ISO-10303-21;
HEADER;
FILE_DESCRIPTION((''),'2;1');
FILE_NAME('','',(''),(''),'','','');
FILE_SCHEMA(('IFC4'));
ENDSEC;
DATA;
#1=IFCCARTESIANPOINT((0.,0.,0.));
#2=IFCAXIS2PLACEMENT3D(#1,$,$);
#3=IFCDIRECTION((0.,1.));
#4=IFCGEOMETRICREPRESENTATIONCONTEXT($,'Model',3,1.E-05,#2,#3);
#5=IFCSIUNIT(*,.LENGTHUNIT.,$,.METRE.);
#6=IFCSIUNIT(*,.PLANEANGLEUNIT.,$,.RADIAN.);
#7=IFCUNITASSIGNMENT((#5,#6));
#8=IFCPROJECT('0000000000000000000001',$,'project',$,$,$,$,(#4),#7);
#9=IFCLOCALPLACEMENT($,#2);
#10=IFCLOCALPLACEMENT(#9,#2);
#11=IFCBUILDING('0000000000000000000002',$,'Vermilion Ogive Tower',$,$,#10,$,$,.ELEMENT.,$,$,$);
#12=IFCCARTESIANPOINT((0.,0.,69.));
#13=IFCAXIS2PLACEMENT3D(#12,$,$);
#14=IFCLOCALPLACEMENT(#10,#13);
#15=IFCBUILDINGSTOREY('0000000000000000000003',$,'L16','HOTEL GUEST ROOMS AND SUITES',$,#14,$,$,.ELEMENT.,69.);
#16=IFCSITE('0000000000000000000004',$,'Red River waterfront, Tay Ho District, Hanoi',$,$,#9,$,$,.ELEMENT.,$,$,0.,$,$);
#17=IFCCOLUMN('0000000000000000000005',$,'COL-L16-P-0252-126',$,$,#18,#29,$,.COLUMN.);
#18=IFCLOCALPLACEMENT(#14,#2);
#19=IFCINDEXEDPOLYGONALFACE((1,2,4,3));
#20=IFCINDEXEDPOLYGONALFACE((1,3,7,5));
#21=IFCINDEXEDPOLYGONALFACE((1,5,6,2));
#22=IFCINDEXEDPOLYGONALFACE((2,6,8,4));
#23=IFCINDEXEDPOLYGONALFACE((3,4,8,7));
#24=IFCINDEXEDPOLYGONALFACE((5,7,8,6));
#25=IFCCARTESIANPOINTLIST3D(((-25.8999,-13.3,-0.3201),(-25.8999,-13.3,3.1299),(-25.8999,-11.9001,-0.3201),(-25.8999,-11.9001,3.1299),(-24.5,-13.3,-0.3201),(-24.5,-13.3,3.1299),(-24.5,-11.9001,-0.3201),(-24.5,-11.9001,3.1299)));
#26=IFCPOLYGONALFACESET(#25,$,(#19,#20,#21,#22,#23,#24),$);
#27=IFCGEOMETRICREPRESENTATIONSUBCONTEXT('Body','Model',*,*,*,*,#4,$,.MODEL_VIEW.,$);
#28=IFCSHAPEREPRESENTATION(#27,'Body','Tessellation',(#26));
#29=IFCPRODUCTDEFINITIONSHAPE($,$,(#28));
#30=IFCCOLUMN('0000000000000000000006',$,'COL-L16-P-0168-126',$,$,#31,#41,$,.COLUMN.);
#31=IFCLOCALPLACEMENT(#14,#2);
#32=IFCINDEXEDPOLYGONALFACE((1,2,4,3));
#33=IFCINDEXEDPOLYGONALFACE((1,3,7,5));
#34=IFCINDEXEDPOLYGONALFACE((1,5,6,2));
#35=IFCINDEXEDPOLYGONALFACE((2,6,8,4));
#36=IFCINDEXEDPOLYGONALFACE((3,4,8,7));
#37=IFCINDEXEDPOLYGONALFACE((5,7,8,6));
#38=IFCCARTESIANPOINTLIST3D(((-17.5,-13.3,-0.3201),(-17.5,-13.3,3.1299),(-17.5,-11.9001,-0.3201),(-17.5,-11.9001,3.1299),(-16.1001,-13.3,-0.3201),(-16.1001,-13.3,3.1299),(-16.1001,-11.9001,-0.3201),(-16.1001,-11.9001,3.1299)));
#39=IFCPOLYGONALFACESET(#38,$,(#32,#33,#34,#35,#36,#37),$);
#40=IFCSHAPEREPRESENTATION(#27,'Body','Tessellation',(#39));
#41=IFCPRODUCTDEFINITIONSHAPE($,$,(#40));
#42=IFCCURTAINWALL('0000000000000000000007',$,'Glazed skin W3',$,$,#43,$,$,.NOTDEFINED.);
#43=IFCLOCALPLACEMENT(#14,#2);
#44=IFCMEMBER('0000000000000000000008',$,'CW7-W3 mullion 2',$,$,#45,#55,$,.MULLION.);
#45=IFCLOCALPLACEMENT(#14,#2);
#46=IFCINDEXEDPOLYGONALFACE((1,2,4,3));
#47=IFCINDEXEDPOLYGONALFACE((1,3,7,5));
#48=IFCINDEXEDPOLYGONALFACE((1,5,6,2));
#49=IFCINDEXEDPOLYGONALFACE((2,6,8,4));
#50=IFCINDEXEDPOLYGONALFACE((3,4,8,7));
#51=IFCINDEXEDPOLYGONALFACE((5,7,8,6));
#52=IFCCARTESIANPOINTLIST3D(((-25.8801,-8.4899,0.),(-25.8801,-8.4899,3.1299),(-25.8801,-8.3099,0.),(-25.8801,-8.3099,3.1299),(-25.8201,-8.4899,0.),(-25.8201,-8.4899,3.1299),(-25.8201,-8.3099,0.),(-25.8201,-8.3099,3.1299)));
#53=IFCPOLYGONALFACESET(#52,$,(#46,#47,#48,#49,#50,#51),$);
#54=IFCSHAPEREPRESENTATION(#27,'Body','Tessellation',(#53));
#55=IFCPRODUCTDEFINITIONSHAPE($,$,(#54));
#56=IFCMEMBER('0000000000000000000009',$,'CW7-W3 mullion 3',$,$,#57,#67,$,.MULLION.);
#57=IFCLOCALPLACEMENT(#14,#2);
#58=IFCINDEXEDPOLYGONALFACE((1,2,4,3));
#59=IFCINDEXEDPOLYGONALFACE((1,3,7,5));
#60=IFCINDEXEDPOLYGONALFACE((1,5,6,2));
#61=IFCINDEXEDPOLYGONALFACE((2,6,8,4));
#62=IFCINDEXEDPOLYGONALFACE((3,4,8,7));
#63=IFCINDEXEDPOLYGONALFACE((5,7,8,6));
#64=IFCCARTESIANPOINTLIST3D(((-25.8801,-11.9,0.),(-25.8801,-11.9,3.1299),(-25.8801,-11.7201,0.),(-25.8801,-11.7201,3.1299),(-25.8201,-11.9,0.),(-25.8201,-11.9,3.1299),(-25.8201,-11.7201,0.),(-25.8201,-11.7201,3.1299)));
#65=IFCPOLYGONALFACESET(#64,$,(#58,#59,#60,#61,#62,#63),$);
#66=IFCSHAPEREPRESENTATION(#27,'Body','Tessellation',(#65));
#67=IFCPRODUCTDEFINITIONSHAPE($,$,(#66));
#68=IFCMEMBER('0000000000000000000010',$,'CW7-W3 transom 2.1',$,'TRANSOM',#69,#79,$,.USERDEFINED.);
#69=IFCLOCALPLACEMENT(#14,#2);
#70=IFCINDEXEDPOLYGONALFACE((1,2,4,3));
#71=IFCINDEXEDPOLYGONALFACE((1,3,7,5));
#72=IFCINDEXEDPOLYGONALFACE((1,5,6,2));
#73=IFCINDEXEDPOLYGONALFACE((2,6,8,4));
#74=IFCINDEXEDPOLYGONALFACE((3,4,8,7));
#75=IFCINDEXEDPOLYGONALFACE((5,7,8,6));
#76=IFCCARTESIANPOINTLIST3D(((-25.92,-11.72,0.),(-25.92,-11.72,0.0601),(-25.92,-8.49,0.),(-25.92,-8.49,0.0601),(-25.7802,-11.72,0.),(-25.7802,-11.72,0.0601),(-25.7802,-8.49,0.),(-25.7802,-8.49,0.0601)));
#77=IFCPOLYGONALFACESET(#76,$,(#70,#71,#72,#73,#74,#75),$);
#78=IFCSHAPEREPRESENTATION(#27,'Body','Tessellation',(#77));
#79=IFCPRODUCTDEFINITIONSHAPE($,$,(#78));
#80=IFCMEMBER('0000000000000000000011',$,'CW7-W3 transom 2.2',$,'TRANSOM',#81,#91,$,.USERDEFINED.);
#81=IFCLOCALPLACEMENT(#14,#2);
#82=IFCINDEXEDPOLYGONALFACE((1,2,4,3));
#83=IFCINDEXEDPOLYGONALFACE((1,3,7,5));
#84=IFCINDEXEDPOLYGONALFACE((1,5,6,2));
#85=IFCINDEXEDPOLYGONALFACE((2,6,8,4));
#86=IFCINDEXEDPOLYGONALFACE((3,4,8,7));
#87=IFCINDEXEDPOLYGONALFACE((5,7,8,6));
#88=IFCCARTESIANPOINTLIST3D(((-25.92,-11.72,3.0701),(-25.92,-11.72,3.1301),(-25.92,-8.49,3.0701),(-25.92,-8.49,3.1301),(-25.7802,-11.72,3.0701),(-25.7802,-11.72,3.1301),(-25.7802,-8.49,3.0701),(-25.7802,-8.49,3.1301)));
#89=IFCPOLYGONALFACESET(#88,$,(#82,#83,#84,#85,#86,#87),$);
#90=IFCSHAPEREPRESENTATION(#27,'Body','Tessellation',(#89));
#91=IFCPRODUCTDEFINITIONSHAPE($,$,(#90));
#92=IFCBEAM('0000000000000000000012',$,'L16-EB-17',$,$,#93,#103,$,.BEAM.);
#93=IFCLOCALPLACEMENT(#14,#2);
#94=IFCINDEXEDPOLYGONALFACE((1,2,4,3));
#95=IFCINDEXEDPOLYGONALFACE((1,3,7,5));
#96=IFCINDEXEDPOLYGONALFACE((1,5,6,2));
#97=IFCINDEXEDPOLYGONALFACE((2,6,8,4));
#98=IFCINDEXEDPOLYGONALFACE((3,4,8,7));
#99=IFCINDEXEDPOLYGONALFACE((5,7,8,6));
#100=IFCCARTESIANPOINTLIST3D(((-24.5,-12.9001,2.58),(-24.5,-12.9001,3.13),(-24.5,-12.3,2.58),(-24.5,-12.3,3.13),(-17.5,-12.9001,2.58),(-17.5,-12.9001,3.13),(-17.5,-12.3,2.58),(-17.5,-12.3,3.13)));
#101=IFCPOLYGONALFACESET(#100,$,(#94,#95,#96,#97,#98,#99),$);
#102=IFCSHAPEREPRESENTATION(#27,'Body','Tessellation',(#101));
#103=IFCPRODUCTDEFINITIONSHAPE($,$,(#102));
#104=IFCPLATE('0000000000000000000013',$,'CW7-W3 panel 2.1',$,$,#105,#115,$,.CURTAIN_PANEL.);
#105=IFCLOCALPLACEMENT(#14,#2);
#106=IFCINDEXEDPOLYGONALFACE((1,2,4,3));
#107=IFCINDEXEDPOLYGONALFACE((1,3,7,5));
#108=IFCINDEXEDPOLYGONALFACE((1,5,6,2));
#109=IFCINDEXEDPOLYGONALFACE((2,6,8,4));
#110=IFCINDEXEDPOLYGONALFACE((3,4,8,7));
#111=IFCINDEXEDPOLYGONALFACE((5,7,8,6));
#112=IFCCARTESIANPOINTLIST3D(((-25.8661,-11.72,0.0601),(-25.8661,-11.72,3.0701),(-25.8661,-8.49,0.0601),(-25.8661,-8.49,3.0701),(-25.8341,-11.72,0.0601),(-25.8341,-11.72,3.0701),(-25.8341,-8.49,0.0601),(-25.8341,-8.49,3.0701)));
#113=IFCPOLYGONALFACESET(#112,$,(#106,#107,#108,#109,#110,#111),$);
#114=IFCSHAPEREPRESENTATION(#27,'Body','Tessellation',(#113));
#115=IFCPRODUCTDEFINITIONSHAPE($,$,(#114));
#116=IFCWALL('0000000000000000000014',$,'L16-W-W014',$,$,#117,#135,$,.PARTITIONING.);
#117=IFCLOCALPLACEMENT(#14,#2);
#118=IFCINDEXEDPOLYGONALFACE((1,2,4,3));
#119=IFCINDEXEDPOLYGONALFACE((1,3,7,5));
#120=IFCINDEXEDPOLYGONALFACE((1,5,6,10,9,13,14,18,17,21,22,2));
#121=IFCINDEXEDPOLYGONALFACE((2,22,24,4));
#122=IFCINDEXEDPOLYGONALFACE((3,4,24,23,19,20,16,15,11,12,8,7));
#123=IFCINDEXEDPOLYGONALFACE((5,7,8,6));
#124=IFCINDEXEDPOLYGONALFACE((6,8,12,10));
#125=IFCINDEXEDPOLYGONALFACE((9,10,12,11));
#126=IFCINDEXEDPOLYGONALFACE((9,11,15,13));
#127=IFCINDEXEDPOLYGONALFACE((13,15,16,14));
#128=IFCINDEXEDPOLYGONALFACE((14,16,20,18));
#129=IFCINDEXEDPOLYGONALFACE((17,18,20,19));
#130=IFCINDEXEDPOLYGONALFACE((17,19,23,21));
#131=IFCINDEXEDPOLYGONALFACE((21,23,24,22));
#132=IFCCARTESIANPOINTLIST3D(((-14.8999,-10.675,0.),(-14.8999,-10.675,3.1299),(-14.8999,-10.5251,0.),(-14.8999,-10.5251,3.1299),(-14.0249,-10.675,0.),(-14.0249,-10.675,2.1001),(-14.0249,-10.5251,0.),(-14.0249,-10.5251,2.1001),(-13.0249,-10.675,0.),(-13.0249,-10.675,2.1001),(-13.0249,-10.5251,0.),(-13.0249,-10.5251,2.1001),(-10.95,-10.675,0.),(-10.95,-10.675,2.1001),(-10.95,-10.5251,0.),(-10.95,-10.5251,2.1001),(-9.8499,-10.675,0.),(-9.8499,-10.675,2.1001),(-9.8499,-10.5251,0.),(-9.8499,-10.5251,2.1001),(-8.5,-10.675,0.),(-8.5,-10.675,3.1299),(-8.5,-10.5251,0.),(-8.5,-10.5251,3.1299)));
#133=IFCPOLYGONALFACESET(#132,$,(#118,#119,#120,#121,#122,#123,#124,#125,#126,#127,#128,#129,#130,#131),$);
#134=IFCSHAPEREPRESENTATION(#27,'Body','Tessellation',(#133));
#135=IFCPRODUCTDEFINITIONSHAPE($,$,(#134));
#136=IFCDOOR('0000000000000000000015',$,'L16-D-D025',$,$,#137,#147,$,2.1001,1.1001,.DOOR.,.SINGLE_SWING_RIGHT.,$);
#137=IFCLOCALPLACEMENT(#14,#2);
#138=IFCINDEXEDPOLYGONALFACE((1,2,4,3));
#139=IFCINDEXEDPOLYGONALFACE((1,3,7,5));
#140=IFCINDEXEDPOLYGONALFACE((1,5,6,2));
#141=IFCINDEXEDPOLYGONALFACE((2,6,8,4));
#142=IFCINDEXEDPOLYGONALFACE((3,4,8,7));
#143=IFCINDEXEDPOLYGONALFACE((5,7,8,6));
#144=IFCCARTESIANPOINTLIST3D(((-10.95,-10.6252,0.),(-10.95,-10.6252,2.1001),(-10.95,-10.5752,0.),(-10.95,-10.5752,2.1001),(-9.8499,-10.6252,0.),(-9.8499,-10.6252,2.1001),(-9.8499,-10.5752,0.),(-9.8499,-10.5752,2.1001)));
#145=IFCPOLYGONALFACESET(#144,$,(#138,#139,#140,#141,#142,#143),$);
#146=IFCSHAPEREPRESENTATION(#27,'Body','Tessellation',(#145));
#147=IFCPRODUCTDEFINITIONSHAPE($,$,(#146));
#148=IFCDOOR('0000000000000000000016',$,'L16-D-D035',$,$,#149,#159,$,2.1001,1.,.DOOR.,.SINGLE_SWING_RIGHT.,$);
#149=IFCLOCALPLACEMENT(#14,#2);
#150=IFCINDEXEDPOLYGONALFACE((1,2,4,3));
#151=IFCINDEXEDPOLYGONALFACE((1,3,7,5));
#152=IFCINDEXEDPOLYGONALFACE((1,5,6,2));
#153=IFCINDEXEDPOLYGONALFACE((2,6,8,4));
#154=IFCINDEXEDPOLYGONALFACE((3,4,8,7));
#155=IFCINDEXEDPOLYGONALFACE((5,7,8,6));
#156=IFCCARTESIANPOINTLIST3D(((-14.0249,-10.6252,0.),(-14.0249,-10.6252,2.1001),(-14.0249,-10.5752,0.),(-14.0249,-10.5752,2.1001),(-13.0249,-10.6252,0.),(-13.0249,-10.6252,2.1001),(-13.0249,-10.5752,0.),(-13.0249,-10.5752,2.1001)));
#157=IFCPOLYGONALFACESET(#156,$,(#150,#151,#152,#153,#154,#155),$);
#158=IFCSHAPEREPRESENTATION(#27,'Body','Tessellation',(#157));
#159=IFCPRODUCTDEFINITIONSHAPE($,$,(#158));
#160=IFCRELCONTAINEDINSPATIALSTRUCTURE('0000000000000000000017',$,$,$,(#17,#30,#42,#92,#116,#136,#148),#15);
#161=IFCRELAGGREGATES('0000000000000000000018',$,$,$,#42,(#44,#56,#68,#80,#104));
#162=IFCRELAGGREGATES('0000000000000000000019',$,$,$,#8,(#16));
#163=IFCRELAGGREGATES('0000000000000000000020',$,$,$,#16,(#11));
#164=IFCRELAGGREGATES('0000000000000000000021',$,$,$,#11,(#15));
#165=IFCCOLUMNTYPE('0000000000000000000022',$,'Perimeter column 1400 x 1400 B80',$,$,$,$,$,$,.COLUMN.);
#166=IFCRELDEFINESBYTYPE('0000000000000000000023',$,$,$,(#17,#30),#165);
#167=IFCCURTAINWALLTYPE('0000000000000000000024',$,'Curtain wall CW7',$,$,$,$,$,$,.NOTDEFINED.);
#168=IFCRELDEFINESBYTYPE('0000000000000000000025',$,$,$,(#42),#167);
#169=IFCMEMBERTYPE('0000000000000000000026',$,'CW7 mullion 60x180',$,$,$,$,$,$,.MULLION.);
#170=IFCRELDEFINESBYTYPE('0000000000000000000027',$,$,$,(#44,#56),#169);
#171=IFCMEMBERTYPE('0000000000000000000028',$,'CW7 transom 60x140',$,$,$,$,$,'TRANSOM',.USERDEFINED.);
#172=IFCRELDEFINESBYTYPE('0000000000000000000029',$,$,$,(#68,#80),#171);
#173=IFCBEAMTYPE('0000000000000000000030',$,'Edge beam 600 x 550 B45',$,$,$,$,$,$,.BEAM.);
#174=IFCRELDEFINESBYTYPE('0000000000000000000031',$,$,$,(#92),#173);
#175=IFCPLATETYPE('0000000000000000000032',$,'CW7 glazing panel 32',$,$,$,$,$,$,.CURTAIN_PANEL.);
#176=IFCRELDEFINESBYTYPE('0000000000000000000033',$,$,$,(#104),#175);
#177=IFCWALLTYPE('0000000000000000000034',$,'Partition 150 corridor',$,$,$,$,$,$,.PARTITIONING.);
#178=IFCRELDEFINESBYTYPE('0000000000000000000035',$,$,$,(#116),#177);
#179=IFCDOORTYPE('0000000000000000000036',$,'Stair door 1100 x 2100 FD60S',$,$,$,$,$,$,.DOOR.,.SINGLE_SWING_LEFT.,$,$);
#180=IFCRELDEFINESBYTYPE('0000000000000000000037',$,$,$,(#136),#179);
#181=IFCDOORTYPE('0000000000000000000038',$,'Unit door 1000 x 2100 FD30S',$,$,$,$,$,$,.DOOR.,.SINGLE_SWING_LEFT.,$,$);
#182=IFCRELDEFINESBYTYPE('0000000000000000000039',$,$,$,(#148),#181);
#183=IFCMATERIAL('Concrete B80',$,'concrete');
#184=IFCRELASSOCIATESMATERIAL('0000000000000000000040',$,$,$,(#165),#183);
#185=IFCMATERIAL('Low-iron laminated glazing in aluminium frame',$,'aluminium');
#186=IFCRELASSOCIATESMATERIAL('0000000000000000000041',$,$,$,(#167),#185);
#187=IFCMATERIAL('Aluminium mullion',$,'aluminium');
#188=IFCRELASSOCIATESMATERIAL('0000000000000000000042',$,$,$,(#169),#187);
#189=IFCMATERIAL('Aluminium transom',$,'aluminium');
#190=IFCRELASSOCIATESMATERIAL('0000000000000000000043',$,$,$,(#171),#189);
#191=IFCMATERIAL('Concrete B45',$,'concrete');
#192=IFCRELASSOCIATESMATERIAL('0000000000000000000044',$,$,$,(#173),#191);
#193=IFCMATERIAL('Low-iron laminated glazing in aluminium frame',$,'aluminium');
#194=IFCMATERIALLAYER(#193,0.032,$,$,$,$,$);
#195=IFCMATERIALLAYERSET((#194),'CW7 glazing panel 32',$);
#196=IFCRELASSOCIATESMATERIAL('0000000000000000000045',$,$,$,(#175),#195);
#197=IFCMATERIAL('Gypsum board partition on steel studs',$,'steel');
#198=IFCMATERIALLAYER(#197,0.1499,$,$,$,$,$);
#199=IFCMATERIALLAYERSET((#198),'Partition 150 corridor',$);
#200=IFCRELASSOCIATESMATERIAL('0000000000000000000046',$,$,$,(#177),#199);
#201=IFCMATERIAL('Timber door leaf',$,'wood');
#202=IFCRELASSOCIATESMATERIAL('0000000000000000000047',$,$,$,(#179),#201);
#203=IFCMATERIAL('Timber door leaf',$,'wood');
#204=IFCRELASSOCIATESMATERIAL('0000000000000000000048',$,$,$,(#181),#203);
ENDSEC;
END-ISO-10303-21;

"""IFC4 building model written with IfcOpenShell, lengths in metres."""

from ifc_helpers import new_model, si_unit, direction, frame, frame_2d, origin, origin_2d, place, context, subcontext, project, spatial, rectangle, extrude, material, layer, layer_set, material_profile, profile_set, type_object, element, fill, aggregate, save


model = new_model("IFC4")

# Units and contexts
model_context = context("Model", 3, precision=1e-05, world=origin(), true_north=direction((0.0, 1.0)))
body_context = subcontext(model_context, "Body", "Model", "MODEL_VIEW")
ifc_project = project(units=[si_unit("LENGTHUNIT", "METRE"), si_unit("PLANEANGLEUNIT", "RADIAN")], contexts=[model_context])

# Site, building, storey
site_placement = place(None, origin())
site = spatial("IfcSite", under=ifc_project, at=site_placement, Name="Red River waterfront, Tay Ho District, Hanoi", CompositionType="ELEMENT", RefElevation=0.0)
building_placement = place(site_placement, origin())
building = spatial("IfcBuilding", under=site, at=building_placement, Name="Vermilion Ogive Tower", CompositionType="ELEMENT")
storey_placement = place(building_placement, frame((0.0, 0.0, 69.0)))
storey = spatial("IfcBuildingStorey", under=building, at=storey_placement, Name="L16", Description="HOTEL GUEST ROOMS AND SUITES", CompositionType="ELEMENT", Elevation=69.0)

# Columns
ifc_material_1 = material(Name="Concrete B80", Category="concrete")
ifc_material_profile_1 = material_profile(ifc_material_1, rectangle(XDim=1.3999, YDim=1.3999, at=origin_2d()), Name="1400 x 1400")
ifc_profile_set_1 = profile_set([ifc_material_profile_1], Name="Concrete B80")
column_type = type_object("IfcColumnType", Name="Perimeter column 1400 x 1400 B80", PredefinedType="COLUMN", material=ifc_profile_set_1)
for number, where, z_axis, x_axis, name in (
    (1, (-25.2, -12.6001, -0.3201), (0.0, 0.0, 1.0), (1.0, 0.0, 0.0), "COL-L16-P-0252-126"),
    (2, (-16.8, -12.6001, -0.3201), (0.0, 0.0, 1.0), (1.0, 0.0, 0.0), "COL-L16-P-0168-126"),
):
    element("IfcColumn", number, at=place(storey_placement, frame(where, z_axis=z_axis, x_axis=x_axis)), inside=storey, type_object=column_type, Name=name, PredefinedType="COLUMN", context=body_context, shape_type="SweptSolid", body=[
        extrude(rectangle(XDim=1.3999, YDim=1.3999, at=origin_2d()), origin(), (0.0, 0.0, 1.0), 3.45),
    ])

# Curtain wall, members
ifc_material_2 = material(Name="Low-iron laminated glazing in aluminium frame", Category="aluminium")
curtain_wall_type = type_object("IfcCurtainWallType", Name="Curtain wall CW7", PredefinedType="NOTDEFINED", material=ifc_material_2)
curtain_wall_placement = place(storey_placement, origin())
curtain_wall = element("IfcCurtainWall", 3, at=curtain_wall_placement, inside=storey, type_object=curtain_wall_type, Name="Glazed skin W3", PredefinedType="NOTDEFINED")
ifc_material_3 = material(Name="Aluminium mullion", Category="aluminium")
ifc_material_profile_2 = material_profile(ifc_material_3, rectangle(XDim=0.0601, YDim=0.1799, at=origin_2d()), Name="AL 60x180")
ifc_profile_set_2 = profile_set([ifc_material_profile_2], Name="Aluminium mullion")
member_type_1 = type_object("IfcMemberType", Name="CW7 mullion 60x180", PredefinedType="MULLION", material=ifc_profile_set_2)
member_1_placement = place(storey_placement, frame((-25.8501, -8.3999, 0.0), z_axis=(0.0, 0.0, 1.0), x_axis=(1.0, 0.0, 0.0)))
member_1 = element("IfcMember", 4, at=member_1_placement, type_object=member_type_1, Name="CW7-W3 mullion 2", PredefinedType="MULLION", context=body_context, shape_type="SweptSolid", body=[
    extrude(rectangle(XDim=0.0601, YDim=0.1799, at=origin_2d()), origin(), (0.0, 0.0, 1.0), 3.1299),
])
member_2_placement = place(storey_placement, frame((-25.8501, -11.8101, 0.0), z_axis=(0.0, 0.0, 1.0), x_axis=(1.0, 0.0, 0.0)))
member_2 = element("IfcMember", 5, at=member_2_placement, type_object=member_type_1, Name="CW7-W3 mullion 3", PredefinedType="MULLION", context=body_context, shape_type="SweptSolid", body=[
    extrude(rectangle(XDim=0.0601, YDim=0.1799, at=origin_2d()), origin(), (0.0, 0.0, 1.0), 3.1299),
])
ifc_material_4 = material(Name="Aluminium transom", Category="aluminium")
ifc_material_profile_3 = material_profile(ifc_material_4, rectangle(XDim=0.1399, YDim=0.0601, at=origin_2d()), Name="AL 60x140")
ifc_profile_set_3 = profile_set([ifc_material_profile_3], Name="Aluminium transom")
member_type_2 = type_object("IfcMemberType", Name="CW7 transom 60x140", ElementType="TRANSOM", PredefinedType="USERDEFINED", material=ifc_profile_set_3)
member_3_placement = place(storey_placement, frame((-25.8501, -8.49, 0.03), z_axis=(0.0, -1.0, 0.0), x_axis=(1.0, 0.0, 0.0)))
member_3 = element("IfcMember", 6, at=member_3_placement, type_object=member_type_2, Name="CW7-W3 transom 2.1", ObjectType="TRANSOM", PredefinedType="USERDEFINED", context=body_context, shape_type="SweptSolid", body=[
    extrude(rectangle(XDim=0.1399, YDim=0.0601, at=origin_2d()), origin(), (0.0, 0.0, 1.0), 3.23),
])
member_4_placement = place(storey_placement, frame((-25.8501, -8.49, 3.1001), z_axis=(0.0, -1.0, 0.0), x_axis=(1.0, 0.0, 0.0)))
member_4 = element("IfcMember", 7, at=member_4_placement, type_object=member_type_2, Name="CW7-W3 transom 2.2", ObjectType="TRANSOM", PredefinedType="USERDEFINED", context=body_context, shape_type="SweptSolid", body=[
    extrude(rectangle(XDim=0.1399, YDim=0.0601, at=origin_2d()), origin(), (0.0, 0.0, 1.0), 3.23),
])

# Beam
ifc_material_5 = material(Name="Concrete B45", Category="concrete")
ifc_material_profile_4 = material_profile(ifc_material_5, rectangle(XDim=0.6001, YDim=0.55, at=origin_2d()), Name="600 x 550")
ifc_profile_set_4 = profile_set([ifc_material_profile_4], Name="Concrete B45")
beam_type = type_object("IfcBeamType", Name="Edge beam 600 x 550 B45", PredefinedType="BEAM", material=ifc_profile_set_4)
beam_placement = place(storey_placement, frame((-24.5, -12.6001, 2.855), z_axis=(1.0, 0.0, 0.0), x_axis=(0.0, 1.0, 0.0)))
element("IfcBeam", 8, at=beam_placement, inside=storey, type_object=beam_type, Name="L16-EB-17", PredefinedType="BEAM", context=body_context, shape_type="SweptSolid", body=[
    extrude(rectangle(XDim=0.6001, YDim=0.55, at=origin_2d()), origin(), (0.0, 0.0, 1.0), 7.0),
])

# Plate
ifc_material_6 = material(Name="Low-iron laminated glazing in aluminium frame", Category="aluminium")
ifc_layer_1 = layer(ifc_material_6, 0.032)
ifc_layer_set_1 = layer_set([ifc_layer_1], Name="CW7 glazing panel 32")
plate_type = type_object("IfcPlateType", Name="CW7 glazing panel 32", PredefinedType="CURTAIN_PANEL", material=ifc_layer_set_1)
plate_placement = place(storey_placement, frame((-25.8501, -10.105, 0.0601), z_axis=(0.0, 0.0, 1.0), x_axis=(0.0, -1.0, 0.0)))
plate = element("IfcPlate", 9, at=plate_placement, type_object=plate_type, Name="CW7-W3 panel 2.1", PredefinedType="CURTAIN_PANEL", context=body_context, shape_type="SweptSolid", body=[
    extrude(rectangle(XDim=3.23, YDim=0.032, at=origin_2d()), origin(), (0.0, 0.0, 1.0), 3.01),
])
aggregate(curtain_wall, [member_1, member_2, member_3, member_4, plate])

# Wall, openings, doors
ifc_material_7 = material(Name="Gypsum board partition on steel studs", Category="steel")
ifc_layer_2 = layer(ifc_material_7, 0.1499)
ifc_layer_set_2 = layer_set([ifc_layer_2], Name="Partition 150 corridor")
wall_type_1 = type_object("IfcWallType", Name="Partition 150 corridor", PredefinedType="PARTITIONING", material=ifc_layer_set_2)
wall_1_placement = place(storey_placement, frame((-14.8999, -10.6001, 0.0), z_axis=(0.0, 0.0, 1.0), x_axis=(1.0, 0.0, 0.0)))
wall_1 = element("IfcWall", 10, at=wall_1_placement, inside=storey, type_object=wall_type_1, Name="L16-W-W014", PredefinedType="PARTITIONING", context=body_context, shape_type="SweptSolid", body=[
    extrude(rectangle(XDim=6.3999, YDim=0.1499, at=frame_2d((3.2, 0.0))), origin(), (0.0, 0.0, 1.0), 3.1299),
])
opening_1_placement = place(wall_1_placement, frame((3.95, 0.0, 0.0)))
opening_1 = element("IfcOpeningElement", 11, at=opening_1_placement, cuts=wall_1, PredefinedType="OPENING", context=body_context, shape_type="SweptSolid", body=[
    extrude(rectangle(XDim=1.1001, YDim=2.1001, at=frame_2d((0.55, 1.05))), frame((0.0, 0.085, 0.0), z_axis=(0.0, -1.0, 0.0), x_axis=(1.0, 0.0, 0.0)), (0.0, 0.0, 1.0), 0.1699),
])
opening_2_placement = place(wall_1_placement, frame((0.875, 0.0, 0.0)))
opening_2 = element("IfcOpeningElement", 12, at=opening_2_placement, cuts=wall_1, PredefinedType="OPENING", context=body_context, shape_type="SweptSolid", body=[
    extrude(rectangle(XDim=1.0, YDim=2.1001, at=frame_2d((0.5, 1.05))), frame((0.0, 0.085, 0.0), z_axis=(0.0, -1.0, 0.0), x_axis=(1.0, 0.0, 0.0)), (0.0, 0.0, 1.0), 0.1699),
])
ifc_material_8 = material(Name="Timber door leaf", Category="wood")
door_type_1 = type_object("IfcDoorType", Name="Stair door 1100 x 2100 FD60S", OperationType="SINGLE_SWING_LEFT", PredefinedType="DOOR", material=ifc_material_8)
door_1_placement = place(opening_1_placement, origin())
door_1 = element("IfcDoor", 13, at=door_1_placement, inside=storey, type_object=door_type_1, Name="L16-D-D025", OperationType="SINGLE_SWING_RIGHT", OverallHeight=2.1001, OverallWidth=1.1001, PredefinedType="DOOR", context=body_context, shape_type="SweptSolid", body=[
    extrude(rectangle(XDim=1.1001, YDim=2.1001, at=frame_2d((0.55, 1.05))), frame((0.0, 0.0249, 0.0), z_axis=(0.0, -1.0, 0.0), x_axis=(1.0, 0.0, 0.0)), (0.0, 0.0, 1.0), 0.05),
])
fill(opening_1, door_1)
ifc_material_9 = material(Name="Timber door leaf", Category="wood")
door_type_2 = type_object("IfcDoorType", Name="Unit door 1000 x 2100 FD30S", OperationType="SINGLE_SWING_LEFT", PredefinedType="DOOR", material=ifc_material_9)
door_2_placement = place(opening_2_placement, origin())
door_2 = element("IfcDoor", 14, at=door_2_placement, inside=storey, type_object=door_type_2, Name="L16-D-D035", OperationType="SINGLE_SWING_RIGHT", OverallHeight=2.1001, OverallWidth=1.0, PredefinedType="DOOR", context=body_context, shape_type="SweptSolid", body=[
    extrude(rectangle(XDim=1.0, YDim=2.1001, at=frame_2d((0.5, 1.05))), frame((0.0, 0.0249, 0.0), z_axis=(0.0, -1.0, 0.0), x_axis=(1.0, 0.0, 0.0)), (0.0, 0.0, 1.0), 0.05),
])
fill(opening_2, door_2)

save(model, "model.ifc")
